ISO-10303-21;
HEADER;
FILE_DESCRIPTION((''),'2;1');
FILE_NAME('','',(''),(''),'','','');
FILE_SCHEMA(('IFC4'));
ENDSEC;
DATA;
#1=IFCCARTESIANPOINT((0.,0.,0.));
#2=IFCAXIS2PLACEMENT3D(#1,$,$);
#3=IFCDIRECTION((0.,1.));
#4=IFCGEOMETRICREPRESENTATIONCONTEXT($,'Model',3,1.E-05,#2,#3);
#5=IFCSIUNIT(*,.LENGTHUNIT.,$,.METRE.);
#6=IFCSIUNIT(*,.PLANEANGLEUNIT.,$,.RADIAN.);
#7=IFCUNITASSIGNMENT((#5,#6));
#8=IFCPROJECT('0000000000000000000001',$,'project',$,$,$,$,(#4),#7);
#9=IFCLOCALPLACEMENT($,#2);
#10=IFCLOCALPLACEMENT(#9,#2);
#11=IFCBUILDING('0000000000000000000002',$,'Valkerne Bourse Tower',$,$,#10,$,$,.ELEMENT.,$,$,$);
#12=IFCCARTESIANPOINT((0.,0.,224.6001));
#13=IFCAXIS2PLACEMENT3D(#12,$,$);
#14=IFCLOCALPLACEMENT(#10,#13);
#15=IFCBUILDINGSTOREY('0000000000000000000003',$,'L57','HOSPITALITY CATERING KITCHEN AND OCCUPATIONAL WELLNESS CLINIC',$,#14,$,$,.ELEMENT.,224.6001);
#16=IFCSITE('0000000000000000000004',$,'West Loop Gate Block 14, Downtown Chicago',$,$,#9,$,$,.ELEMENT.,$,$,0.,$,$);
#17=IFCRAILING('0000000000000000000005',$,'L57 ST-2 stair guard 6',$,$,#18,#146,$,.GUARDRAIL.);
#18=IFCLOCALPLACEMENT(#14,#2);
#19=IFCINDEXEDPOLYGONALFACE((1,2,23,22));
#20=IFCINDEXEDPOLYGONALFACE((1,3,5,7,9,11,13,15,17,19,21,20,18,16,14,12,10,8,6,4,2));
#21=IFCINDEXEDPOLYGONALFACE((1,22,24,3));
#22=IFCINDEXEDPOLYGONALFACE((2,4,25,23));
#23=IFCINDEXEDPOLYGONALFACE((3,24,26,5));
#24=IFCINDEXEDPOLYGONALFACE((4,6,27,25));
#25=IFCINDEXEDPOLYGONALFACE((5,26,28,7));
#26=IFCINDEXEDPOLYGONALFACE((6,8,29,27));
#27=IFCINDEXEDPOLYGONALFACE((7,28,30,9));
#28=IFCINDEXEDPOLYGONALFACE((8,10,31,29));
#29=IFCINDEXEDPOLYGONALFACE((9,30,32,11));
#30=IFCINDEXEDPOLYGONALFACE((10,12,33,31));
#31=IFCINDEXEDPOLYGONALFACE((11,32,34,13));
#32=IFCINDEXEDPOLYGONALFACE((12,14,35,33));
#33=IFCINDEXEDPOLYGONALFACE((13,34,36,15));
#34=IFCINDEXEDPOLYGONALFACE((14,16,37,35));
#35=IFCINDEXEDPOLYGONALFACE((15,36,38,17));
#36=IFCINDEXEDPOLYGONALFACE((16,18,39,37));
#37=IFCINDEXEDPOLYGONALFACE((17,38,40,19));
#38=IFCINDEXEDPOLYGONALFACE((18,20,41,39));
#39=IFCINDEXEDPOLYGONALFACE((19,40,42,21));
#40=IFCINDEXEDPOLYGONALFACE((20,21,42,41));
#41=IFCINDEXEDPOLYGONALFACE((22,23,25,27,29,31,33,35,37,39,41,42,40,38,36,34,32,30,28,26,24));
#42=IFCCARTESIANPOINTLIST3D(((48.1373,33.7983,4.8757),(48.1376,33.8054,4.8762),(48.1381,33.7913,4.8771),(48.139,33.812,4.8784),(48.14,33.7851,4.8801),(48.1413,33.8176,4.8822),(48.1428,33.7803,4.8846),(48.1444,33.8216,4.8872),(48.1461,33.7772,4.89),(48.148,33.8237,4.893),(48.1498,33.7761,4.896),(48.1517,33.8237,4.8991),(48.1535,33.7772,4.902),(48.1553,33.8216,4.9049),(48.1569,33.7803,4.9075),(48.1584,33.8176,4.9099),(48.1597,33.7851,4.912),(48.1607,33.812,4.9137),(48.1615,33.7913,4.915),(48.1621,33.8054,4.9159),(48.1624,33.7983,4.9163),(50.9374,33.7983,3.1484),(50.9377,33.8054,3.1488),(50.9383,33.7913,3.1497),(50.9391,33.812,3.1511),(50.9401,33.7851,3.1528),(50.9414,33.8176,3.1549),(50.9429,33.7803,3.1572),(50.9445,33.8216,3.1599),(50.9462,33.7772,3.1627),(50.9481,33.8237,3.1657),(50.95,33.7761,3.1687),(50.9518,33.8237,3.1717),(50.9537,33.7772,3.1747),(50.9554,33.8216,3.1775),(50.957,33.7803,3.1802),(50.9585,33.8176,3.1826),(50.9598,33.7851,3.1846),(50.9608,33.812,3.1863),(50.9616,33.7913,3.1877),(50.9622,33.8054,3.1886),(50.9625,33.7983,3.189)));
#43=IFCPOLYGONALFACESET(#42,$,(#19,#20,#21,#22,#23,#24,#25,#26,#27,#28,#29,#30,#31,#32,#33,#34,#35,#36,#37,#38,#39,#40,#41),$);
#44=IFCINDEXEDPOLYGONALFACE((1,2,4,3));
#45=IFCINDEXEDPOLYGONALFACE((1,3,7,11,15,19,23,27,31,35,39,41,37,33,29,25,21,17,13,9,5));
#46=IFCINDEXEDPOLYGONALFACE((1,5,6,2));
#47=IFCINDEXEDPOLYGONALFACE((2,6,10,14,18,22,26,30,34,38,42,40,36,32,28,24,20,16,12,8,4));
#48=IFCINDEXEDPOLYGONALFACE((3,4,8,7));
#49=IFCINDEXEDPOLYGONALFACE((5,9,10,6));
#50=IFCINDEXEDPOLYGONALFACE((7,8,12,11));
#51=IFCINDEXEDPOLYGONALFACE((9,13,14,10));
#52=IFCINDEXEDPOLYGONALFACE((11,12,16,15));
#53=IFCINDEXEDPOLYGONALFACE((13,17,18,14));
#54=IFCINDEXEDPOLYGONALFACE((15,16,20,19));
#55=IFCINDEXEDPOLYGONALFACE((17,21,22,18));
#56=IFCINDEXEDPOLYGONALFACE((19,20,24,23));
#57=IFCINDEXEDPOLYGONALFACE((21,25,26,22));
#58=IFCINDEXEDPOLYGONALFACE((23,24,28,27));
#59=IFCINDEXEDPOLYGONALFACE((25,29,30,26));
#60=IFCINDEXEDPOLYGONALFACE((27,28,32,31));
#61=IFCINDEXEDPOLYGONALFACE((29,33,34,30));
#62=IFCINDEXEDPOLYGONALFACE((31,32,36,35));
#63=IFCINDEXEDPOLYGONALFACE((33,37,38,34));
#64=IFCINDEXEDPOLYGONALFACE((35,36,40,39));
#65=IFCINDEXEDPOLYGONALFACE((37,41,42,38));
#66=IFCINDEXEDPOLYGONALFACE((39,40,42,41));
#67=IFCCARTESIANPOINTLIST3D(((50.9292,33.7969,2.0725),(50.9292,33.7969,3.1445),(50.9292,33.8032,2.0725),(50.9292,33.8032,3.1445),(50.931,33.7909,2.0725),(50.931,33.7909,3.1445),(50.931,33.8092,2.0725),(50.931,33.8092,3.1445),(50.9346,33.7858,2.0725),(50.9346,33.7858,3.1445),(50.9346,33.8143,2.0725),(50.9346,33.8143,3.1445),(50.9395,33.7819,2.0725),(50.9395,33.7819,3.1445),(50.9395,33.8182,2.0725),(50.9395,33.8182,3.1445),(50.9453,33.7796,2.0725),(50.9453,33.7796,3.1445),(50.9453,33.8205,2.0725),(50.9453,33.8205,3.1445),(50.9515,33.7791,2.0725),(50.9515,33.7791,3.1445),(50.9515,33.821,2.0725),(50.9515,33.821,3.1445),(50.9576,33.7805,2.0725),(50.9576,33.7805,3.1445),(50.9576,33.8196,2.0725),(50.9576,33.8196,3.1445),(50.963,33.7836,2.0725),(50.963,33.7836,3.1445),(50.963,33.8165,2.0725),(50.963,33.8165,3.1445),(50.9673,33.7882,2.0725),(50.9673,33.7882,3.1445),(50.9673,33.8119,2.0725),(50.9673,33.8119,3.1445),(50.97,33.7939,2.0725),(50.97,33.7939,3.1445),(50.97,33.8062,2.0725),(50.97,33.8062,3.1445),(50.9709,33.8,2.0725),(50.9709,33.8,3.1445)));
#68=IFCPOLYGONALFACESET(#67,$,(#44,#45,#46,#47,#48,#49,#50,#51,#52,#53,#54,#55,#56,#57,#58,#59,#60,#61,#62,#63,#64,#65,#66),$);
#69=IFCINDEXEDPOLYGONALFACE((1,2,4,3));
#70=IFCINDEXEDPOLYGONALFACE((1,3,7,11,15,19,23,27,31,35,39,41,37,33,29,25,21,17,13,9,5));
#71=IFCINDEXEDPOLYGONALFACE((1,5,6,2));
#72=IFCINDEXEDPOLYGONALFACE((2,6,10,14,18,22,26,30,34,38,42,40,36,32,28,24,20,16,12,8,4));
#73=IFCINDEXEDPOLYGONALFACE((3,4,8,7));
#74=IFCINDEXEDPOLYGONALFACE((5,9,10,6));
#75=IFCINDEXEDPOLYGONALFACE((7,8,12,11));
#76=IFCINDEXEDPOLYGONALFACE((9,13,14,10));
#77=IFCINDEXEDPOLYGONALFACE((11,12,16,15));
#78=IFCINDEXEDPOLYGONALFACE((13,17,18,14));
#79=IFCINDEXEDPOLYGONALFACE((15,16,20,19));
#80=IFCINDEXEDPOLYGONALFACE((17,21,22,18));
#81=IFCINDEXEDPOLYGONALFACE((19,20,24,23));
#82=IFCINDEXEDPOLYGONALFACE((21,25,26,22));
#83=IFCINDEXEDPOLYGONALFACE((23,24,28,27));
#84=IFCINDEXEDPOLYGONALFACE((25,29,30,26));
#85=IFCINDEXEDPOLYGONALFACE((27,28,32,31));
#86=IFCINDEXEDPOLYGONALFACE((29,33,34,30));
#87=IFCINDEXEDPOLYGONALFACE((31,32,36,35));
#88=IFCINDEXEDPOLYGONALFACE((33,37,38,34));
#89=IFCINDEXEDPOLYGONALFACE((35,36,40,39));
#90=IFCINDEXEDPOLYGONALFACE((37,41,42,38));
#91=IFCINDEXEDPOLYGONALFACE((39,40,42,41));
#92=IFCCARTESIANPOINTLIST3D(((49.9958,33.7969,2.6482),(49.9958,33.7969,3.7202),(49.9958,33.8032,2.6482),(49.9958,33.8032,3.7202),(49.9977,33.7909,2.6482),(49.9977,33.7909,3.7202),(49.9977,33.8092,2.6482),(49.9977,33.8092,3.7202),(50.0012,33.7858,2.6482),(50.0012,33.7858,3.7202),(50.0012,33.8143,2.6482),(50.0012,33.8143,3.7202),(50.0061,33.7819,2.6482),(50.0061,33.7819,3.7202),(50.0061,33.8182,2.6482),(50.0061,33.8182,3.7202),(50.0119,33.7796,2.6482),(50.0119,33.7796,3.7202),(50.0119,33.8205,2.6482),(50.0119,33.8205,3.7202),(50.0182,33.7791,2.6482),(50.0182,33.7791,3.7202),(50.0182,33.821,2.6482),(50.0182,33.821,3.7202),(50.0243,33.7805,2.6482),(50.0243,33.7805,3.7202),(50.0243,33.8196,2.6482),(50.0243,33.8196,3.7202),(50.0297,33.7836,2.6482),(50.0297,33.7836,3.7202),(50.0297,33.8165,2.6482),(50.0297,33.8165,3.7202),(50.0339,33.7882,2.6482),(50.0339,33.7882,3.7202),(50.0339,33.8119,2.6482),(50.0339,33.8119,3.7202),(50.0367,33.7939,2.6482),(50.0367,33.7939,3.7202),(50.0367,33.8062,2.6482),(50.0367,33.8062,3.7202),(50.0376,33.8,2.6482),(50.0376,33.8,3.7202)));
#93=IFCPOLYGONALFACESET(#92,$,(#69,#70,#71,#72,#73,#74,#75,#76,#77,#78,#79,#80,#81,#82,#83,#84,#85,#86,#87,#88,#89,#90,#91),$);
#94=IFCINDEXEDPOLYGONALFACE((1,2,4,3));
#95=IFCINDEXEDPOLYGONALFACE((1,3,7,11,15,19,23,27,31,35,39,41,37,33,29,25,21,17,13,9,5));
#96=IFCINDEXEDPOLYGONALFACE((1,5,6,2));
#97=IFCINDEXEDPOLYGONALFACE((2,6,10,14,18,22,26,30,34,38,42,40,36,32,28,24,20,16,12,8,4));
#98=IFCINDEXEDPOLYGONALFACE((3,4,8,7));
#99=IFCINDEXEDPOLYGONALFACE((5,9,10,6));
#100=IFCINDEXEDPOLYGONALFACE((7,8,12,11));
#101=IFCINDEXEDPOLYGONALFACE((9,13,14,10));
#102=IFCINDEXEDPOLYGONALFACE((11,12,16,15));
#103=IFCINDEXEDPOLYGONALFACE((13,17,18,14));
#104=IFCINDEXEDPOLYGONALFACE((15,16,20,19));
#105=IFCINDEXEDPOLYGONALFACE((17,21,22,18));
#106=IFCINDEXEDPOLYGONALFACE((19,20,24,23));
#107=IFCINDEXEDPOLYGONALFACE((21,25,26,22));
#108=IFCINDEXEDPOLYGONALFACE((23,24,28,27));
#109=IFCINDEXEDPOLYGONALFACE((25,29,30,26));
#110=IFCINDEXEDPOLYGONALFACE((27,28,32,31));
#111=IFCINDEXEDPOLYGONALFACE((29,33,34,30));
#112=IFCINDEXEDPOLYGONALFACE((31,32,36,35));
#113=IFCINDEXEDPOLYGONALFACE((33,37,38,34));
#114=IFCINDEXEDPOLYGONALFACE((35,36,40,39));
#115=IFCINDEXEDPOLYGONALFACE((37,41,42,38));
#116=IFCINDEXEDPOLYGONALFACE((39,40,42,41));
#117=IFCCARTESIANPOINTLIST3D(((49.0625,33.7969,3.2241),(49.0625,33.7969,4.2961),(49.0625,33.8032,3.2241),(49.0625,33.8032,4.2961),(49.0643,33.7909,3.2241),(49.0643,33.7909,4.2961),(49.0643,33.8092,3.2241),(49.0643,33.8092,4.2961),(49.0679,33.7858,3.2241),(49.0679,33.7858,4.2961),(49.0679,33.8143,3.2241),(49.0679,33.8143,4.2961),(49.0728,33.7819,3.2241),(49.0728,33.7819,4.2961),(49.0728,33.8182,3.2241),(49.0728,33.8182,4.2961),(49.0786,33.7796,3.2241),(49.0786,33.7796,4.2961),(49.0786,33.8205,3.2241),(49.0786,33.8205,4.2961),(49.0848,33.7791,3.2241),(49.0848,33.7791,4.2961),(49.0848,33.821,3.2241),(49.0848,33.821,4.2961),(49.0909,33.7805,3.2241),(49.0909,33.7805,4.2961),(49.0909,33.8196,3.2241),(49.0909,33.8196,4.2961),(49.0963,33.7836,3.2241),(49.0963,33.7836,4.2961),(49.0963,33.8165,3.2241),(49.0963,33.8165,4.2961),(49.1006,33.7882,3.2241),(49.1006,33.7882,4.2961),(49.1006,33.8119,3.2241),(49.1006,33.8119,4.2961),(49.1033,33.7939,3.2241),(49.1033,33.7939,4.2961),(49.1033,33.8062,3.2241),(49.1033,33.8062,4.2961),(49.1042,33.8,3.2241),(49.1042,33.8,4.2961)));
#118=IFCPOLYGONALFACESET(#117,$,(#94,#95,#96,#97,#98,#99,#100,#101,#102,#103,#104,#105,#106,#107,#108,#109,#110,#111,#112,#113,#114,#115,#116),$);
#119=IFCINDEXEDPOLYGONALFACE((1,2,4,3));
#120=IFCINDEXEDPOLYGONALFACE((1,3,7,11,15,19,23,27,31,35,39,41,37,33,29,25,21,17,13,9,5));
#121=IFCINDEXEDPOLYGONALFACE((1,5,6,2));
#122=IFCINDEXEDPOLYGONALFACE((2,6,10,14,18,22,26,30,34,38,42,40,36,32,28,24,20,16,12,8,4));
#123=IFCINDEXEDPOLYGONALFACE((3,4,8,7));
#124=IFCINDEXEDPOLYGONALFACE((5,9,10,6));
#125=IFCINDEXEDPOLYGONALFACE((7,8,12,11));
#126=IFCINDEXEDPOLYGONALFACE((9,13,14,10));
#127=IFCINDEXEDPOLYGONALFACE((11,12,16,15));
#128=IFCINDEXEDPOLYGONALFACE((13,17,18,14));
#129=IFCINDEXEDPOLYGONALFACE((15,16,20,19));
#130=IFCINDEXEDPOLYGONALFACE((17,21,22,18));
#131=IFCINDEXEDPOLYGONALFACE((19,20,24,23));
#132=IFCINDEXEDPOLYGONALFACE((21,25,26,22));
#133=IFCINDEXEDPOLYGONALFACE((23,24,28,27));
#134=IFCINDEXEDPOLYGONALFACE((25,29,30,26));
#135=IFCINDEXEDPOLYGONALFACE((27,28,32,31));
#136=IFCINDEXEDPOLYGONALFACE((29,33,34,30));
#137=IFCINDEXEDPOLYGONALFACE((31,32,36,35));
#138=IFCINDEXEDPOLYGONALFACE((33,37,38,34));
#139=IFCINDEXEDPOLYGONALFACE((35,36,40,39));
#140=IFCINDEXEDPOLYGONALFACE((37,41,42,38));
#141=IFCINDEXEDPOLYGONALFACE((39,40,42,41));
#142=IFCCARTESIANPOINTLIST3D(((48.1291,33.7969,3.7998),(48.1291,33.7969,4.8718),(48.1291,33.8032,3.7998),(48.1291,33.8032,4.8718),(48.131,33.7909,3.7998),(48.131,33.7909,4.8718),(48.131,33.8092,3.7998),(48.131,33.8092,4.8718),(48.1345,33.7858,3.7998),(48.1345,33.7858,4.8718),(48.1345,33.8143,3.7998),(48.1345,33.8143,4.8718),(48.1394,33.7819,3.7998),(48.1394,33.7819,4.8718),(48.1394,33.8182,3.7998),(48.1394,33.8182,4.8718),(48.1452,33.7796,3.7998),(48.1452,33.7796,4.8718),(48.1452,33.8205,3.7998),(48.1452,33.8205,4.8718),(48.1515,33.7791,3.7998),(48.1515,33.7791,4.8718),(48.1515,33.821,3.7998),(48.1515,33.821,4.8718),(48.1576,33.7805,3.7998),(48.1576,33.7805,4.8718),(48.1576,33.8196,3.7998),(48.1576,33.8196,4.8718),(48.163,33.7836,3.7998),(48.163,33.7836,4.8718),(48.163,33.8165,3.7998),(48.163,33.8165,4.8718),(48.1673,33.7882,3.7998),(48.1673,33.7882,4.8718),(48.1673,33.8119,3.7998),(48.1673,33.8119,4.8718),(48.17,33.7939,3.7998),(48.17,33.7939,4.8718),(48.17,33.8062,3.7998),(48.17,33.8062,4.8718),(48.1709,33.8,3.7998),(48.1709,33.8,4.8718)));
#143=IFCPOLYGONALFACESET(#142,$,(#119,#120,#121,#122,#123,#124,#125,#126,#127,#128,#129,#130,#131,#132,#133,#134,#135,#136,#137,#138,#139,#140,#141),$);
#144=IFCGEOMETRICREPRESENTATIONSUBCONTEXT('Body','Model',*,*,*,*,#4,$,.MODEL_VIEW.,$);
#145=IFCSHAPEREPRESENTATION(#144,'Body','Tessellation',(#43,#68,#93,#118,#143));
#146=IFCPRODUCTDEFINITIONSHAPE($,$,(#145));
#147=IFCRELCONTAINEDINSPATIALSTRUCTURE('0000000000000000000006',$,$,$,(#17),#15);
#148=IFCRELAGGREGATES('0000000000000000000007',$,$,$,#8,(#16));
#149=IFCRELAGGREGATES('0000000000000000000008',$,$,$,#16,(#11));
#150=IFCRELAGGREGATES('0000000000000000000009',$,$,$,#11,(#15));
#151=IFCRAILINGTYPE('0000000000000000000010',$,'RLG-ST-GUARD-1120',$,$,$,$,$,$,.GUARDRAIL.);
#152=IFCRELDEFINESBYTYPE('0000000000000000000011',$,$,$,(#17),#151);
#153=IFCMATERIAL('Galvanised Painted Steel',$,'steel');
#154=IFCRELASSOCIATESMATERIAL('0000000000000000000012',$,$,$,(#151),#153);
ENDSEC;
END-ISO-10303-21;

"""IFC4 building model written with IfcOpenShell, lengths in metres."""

from ifc_helpers import new_model, si_unit, direction, frame, origin, origin_2d, place, context, subcontext, project, spatial, circle, extrude, material, type_object, element, save


model = new_model("IFC4")

# Units and contexts
model_context = context("Model", 3, precision=1e-05, world=origin(), true_north=direction((0.0, 1.0)))
body_context = subcontext(model_context, "Body", "Model", "MODEL_VIEW")
ifc_project = project(units=[si_unit("LENGTHUNIT", "METRE"), si_unit("PLANEANGLEUNIT", "RADIAN")], contexts=[model_context])

# Site, building, storey
site_placement = place(None, origin())
site = spatial("IfcSite", under=ifc_project, at=site_placement, Name="West Loop Gate Block 14, Downtown Chicago", CompositionType="ELEMENT", RefElevation=0.0)
building_placement = place(site_placement, origin())
building = spatial("IfcBuilding", under=site, at=building_placement, Name="Valkerne Bourse Tower", CompositionType="ELEMENT")
storey_placement = place(building_placement, frame((0.0, 0.0, 224.6001)))
storey = spatial("IfcBuildingStorey", under=building, at=storey_placement, Name="L57", Description="HOSPITALITY CATERING KITCHEN AND OCCUPATIONAL WELLNESS CLINIC", CompositionType="ELEMENT", Elevation=224.6001)

# Shared definitions
ifc_material_1 = material(Name="Galvanised Painted Steel", Category="steel")

# Railing
railing_type_1 = type_object("IfcRailingType", Name="RLG-ST-GUARD-1120", PredefinedType="GUARDRAIL", material=ifc_material_1)
railing_1_placement = place(storey_placement, frame((50.95, 33.8, 2.0725)))
element("IfcRailing", 1, at=railing_1_placement, inside=storey, type_object=railing_type_1, Name="L57 ST-2 stair guard 6", PredefinedType="GUARDRAIL", context=body_context, shape_type="SweptSolid", body=[
    extrude(circle(Radius=0.0239, at=origin_2d()), frame((0.0, 0.0, 1.0962), z_axis=(-0.85109, 0.0, 0.52502), x_axis=(0.0, -1.0, 0.0)), (0.0, 0.0, 1.0), 3.29),
    extrude(circle(Radius=0.021, at=origin_2d()), origin(), (0.0, 0.0, 1.0), 1.072),
    extrude(circle(Radius=0.021, at=origin_2d()), frame((-0.9333, 0.0, 0.5757)), (0.0, 0.0, 1.0), 1.072),
    extrude(circle(Radius=0.021, at=origin_2d()), frame((-1.8667, 0.0, 1.1516)), (0.0, 0.0, 1.0), 1.072),
    extrude(circle(Radius=0.021, at=origin_2d()), frame((-2.8, 0.0, 1.7273)), (0.0, 0.0, 1.0), 1.072),
])

save(model, "model.ifc")
